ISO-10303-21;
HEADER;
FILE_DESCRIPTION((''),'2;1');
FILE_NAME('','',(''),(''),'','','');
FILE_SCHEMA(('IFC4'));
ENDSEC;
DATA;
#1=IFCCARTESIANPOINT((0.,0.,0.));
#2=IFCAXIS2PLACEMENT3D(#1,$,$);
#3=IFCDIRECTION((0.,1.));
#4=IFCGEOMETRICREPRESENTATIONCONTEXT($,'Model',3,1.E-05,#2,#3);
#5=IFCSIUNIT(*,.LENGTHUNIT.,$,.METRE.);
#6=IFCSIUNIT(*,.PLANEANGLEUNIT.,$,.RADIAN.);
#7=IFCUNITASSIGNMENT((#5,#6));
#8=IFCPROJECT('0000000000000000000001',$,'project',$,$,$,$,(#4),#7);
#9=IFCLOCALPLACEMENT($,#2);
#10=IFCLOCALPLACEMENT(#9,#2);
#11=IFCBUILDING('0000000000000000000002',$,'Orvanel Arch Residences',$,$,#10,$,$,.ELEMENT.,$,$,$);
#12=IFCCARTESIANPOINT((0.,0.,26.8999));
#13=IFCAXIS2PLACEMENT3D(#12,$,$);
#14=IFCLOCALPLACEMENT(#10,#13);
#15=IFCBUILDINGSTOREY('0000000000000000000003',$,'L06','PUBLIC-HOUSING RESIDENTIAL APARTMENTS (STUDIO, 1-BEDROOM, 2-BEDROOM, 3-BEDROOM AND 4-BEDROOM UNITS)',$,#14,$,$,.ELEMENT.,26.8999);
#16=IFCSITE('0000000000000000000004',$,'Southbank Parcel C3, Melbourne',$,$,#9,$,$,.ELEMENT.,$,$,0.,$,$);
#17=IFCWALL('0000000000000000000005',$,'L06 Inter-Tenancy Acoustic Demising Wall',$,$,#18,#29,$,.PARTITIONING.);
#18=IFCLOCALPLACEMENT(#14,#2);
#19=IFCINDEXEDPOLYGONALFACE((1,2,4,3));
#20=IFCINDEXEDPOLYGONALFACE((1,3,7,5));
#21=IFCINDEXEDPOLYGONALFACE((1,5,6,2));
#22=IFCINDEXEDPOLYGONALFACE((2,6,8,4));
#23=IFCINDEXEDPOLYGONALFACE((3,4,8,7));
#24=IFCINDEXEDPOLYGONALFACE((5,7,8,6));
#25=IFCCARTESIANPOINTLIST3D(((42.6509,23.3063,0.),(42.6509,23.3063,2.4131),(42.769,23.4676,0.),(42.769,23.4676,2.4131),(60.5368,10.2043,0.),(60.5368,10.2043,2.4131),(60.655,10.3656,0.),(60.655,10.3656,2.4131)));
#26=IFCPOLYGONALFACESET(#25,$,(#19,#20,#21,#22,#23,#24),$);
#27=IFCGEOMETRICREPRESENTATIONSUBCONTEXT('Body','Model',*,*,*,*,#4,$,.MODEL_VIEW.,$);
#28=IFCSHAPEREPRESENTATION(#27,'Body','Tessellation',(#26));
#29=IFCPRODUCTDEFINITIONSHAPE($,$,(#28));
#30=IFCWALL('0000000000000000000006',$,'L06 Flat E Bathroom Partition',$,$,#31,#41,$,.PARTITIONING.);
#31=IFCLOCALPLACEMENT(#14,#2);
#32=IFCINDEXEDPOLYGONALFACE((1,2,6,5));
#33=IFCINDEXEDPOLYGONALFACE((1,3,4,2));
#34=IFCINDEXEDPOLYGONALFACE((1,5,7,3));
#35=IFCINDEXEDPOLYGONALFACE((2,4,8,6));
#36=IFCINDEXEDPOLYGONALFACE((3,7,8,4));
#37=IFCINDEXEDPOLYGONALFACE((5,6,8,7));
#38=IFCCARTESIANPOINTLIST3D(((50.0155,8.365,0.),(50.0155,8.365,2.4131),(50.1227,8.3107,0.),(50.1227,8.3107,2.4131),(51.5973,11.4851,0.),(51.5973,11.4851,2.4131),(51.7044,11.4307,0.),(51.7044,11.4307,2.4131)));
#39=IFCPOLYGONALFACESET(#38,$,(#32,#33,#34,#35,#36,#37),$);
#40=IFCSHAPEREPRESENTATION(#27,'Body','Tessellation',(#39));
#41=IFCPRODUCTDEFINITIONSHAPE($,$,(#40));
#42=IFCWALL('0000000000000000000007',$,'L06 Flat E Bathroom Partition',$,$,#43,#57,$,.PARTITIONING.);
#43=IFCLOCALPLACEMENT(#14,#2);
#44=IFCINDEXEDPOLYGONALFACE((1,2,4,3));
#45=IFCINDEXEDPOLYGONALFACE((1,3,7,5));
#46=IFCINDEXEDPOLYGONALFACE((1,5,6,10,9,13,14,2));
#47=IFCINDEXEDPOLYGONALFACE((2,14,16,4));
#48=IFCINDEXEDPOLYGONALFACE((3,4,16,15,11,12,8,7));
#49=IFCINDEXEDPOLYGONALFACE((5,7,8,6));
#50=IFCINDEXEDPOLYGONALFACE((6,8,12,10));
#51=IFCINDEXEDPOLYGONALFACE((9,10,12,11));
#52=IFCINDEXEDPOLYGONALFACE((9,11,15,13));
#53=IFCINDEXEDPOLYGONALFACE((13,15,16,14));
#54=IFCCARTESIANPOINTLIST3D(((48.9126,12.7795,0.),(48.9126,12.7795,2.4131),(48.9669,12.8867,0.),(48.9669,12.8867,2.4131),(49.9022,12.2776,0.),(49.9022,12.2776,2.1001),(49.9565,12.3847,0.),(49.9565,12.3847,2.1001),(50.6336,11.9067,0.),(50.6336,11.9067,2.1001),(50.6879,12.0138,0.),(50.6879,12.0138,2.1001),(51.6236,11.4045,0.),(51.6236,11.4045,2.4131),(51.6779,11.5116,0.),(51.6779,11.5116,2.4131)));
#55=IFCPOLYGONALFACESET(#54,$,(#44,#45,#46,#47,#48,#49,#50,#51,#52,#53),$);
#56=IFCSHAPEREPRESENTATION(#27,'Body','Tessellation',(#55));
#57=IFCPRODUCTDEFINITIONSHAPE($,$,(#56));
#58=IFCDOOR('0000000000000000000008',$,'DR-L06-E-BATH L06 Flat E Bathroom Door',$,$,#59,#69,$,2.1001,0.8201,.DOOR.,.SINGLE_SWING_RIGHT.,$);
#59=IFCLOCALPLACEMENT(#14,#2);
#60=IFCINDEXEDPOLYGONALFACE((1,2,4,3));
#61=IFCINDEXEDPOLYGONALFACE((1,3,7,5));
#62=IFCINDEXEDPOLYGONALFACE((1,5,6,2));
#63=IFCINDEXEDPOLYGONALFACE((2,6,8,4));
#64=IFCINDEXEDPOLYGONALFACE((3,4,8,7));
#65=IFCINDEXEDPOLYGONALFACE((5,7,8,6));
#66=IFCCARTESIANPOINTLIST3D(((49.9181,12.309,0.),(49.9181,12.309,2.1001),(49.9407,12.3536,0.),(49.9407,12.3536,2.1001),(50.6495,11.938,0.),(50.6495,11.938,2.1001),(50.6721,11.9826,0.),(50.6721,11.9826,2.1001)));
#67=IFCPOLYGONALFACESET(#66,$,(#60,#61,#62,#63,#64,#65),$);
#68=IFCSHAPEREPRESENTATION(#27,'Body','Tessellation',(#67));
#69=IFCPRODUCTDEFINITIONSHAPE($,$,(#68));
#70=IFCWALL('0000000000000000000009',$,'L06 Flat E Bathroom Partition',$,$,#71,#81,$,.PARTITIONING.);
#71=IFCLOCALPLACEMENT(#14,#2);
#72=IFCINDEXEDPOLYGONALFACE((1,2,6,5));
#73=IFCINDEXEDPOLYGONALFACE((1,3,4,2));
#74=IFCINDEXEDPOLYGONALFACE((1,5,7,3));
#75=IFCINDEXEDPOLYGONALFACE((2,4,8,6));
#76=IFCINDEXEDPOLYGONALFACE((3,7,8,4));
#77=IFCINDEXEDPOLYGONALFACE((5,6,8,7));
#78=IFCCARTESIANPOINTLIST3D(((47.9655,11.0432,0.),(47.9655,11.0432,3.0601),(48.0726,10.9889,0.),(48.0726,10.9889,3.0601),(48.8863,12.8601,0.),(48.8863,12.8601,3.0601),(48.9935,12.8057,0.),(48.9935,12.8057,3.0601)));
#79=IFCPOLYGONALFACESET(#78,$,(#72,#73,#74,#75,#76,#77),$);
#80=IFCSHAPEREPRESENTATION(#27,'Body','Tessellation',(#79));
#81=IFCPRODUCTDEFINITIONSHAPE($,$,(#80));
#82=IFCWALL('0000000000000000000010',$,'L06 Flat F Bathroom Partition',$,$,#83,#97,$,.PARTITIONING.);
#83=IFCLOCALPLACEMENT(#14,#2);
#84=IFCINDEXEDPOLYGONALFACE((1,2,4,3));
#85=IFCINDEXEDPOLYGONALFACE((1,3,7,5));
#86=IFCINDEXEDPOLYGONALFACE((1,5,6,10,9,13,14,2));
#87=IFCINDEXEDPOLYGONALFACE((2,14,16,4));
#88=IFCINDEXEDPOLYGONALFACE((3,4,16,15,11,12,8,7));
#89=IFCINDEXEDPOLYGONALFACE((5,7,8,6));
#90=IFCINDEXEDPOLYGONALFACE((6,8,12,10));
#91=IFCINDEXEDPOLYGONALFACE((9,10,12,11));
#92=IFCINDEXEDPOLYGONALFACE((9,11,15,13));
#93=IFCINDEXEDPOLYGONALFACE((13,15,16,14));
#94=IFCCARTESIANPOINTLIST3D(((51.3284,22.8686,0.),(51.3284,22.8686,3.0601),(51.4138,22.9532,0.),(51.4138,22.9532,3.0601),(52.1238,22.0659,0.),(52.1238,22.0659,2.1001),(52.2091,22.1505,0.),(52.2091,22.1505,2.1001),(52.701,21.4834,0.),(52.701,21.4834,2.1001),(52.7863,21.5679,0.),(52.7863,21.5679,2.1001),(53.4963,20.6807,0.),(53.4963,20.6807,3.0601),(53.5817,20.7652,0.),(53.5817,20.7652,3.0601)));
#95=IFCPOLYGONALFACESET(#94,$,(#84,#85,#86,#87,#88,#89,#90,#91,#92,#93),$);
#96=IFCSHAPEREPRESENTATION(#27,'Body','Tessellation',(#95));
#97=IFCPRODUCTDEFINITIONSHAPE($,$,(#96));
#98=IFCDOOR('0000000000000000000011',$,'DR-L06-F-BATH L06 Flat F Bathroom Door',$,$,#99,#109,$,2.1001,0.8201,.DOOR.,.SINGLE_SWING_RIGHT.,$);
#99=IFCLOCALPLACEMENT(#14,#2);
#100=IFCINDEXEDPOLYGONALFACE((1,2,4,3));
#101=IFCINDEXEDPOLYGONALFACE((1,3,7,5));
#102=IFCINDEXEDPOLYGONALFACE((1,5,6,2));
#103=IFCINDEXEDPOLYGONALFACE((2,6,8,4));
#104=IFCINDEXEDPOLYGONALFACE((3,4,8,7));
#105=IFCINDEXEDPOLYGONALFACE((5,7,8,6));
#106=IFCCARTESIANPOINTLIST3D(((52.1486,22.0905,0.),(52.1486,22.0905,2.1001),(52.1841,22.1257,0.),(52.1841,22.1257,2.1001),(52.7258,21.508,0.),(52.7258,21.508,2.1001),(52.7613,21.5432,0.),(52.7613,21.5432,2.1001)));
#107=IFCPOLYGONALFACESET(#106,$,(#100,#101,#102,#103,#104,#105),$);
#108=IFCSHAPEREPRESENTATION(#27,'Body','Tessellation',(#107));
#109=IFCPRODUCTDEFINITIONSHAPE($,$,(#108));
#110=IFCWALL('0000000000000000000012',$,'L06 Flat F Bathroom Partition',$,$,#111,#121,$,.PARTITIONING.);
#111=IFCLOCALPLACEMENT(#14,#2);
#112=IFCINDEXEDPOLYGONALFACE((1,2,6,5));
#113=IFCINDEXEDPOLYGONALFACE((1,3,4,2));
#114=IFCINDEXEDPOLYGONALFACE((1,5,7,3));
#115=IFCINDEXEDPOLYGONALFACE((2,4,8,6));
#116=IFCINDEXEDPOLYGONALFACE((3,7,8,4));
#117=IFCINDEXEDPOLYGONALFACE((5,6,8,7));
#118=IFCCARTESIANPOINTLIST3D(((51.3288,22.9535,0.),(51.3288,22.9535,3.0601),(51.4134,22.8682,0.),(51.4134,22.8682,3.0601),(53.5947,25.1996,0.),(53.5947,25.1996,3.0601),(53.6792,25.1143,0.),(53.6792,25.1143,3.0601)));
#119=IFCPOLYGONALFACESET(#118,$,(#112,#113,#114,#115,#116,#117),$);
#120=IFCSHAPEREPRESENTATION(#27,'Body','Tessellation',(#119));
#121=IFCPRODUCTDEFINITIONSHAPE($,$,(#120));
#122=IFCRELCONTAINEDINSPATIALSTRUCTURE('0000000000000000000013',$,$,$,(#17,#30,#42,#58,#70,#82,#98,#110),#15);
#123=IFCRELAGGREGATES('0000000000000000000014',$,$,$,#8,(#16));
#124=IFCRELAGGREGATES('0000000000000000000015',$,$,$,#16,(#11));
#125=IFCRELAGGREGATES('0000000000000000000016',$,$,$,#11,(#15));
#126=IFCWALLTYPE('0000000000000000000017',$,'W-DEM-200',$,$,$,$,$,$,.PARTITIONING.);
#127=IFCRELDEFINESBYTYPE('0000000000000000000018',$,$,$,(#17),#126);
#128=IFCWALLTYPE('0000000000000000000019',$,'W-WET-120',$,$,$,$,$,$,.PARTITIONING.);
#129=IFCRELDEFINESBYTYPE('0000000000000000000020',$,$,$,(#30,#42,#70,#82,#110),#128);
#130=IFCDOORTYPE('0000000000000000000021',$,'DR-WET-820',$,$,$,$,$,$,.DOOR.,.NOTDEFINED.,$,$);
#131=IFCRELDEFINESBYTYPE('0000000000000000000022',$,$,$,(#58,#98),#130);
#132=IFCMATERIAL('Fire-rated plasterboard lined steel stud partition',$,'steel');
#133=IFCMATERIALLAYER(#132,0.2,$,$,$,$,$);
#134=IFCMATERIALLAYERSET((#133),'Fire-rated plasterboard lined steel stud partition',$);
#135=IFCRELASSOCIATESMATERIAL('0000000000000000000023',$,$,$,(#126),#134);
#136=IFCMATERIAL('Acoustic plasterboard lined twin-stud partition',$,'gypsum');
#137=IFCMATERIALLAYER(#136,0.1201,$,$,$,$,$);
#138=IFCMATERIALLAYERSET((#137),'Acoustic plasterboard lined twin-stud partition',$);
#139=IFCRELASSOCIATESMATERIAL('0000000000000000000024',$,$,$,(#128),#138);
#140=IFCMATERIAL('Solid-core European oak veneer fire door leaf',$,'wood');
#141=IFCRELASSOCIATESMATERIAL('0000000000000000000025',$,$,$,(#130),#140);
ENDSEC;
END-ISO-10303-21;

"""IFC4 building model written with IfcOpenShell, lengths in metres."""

from ifc_helpers import new_model, si_unit, direction, frame, frame_2d, origin, place, context, subcontext, project, spatial, rectangle, extrude, material, layer, layer_set, type_object, element, fill, save


model = new_model("IFC4")

# Units and contexts
model_context = context("Model", 3, precision=1e-05, world=origin(), true_north=direction((0.0, 1.0)))
body_context = subcontext(model_context, "Body", "Model", "MODEL_VIEW")
ifc_project = project(units=[si_unit("LENGTHUNIT", "METRE"), si_unit("PLANEANGLEUNIT", "RADIAN")], contexts=[model_context])

# Site, building, storey
site_placement = place(None, origin())
site = spatial("IfcSite", under=ifc_project, at=site_placement, Name="Southbank Parcel C3, Melbourne", CompositionType="ELEMENT", RefElevation=0.0)
building_placement = place(site_placement, origin())
building = spatial("IfcBuilding", under=site, at=building_placement, Name="Orvanel Arch Residences", CompositionType="ELEMENT")
storey_placement = place(building_placement, frame((0.0, 0.0, 26.8999)))
storey = spatial("IfcBuildingStorey", under=building, at=storey_placement, Name="L06", Description="PUBLIC-HOUSING RESIDENTIAL APARTMENTS (STUDIO, 1-BEDROOM, 2-BEDROOM, 3-BEDROOM AND 4-BEDROOM UNITS)", CompositionType="ELEMENT", Elevation=26.8999)

# Shared definitions
ifc_material_1 = material(Name="Fire-rated plasterboard lined steel stud partition", Category="steel")
ifc_material_2 = material(Name="Solid-core European oak veneer fire door leaf", Category="wood")

# Walls
ifc_layer_1 = layer(ifc_material_1, 0.2)
ifc_layer_set_1 = layer_set([ifc_layer_1], Name="Fire-rated plasterboard lined steel stud partition")
wall_type_1 = type_object("IfcWallType", Name="W-DEM-200", PredefinedType="PARTITIONING", material=ifc_layer_set_1)
wall_1_placement = place(storey_placement, frame((42.71, 23.387, 0.0), z_axis=(0.0, 0.0, 1.0), x_axis=(0.806713, -0.590943, 0.0)))
element("IfcWall", 1, at=wall_1_placement, inside=storey, type_object=wall_type_1, Name="L06 Inter-Tenancy Acoustic Demising Wall", PredefinedType="PARTITIONING", context=body_context, shape_type="SweptSolid", body=[
    extrude(rectangle(XDim=22.1714, YDim=0.2, at=frame_2d((11.0857, 0.0))), origin(), (0.0, 0.0, 1.0), 2.4131),
])
ifc_material_3 = material(Name="Acoustic plasterboard lined twin-stud partition", Category="gypsum")
ifc_layer_2 = layer(ifc_material_3, 0.1201)
ifc_layer_set_2 = layer_set([ifc_layer_2], Name="Acoustic plasterboard lined twin-stud partition")
wall_type_2 = type_object("IfcWallType", Name="W-WET-120", PredefinedType="PARTITIONING", material=ifc_layer_set_2)
wall_2_placement = place(storey_placement, frame((50.0691, 8.3379, 0.0), z_axis=(0.0, 0.0, 1.0), x_axis=(0.452176, 0.891929, 0.0)))
element("IfcWall", 2, at=wall_2_placement, inside=storey, type_object=wall_type_2, Name="L06 Flat E Bathroom Partition", PredefinedType="PARTITIONING", context=body_context, shape_type="SweptSolid", body=[
    extrude(rectangle(XDim=3.498, YDim=0.1201, at=frame_2d((1.749, 0.0))), origin(), (0.0, 0.0, 1.0), 2.4131),
])

# Wall, opening, door
wall_3_placement = place(storey_placement, frame((51.6509, 11.458, 0.0), z_axis=(0.0, 0.0, 1.0), x_axis=(-0.891842, 0.452347, 0.0)))
wall_3 = element("IfcWall", 3, at=wall_3_placement, inside=storey, type_object=wall_type_2, Name="L06 Flat E Bathroom Partition", PredefinedType="PARTITIONING", context=body_context, shape_type="SweptSolid", body=[
    extrude(rectangle(XDim=3.0398, YDim=0.1201, at=frame_2d((1.52, 0.0))), origin(), (0.0, 0.0, 1.0), 2.4131),
])
opening_1_placement = place(wall_3_placement, frame((1.1101, 0.0, 0.0)))
opening_1 = element("IfcOpeningElement", 4, at=opening_1_placement, cuts=wall_3, PredefinedType="OPENING", context=body_context, shape_type="SweptSolid", body=[
    extrude(rectangle(XDim=0.8201, YDim=2.1001, at=frame_2d((0.4102, 1.05))), frame((0.0, 0.0701, 0.0), z_axis=(0.0, -1.0, 0.0), x_axis=(1.0, 0.0, 0.0)), (0.0, 0.0, 1.0), 0.1401),
])
door_type_1 = type_object("IfcDoorType", Name="DR-WET-820", OperationType="NOTDEFINED", PredefinedType="DOOR", material=ifc_material_2)
door_1_placement = place(opening_1_placement, origin())
door_1 = element("IfcDoor", 5, at=door_1_placement, inside=storey, type_object=door_type_1, Name="DR-L06-E-BATH L06 Flat E Bathroom Door", OperationType="SINGLE_SWING_RIGHT", OverallHeight=2.1001, OverallWidth=0.8201, PredefinedType="DOOR", context=body_context, shape_type="SweptSolid", body=[
    extrude(rectangle(XDim=0.8201, YDim=2.1001, at=frame_2d((0.4102, 1.05))), frame((0.0, 0.0249, 0.0), z_axis=(0.0, -1.0, 0.0), x_axis=(1.0, 0.0, 0.0)), (0.0, 0.0, 1.0), 0.05),
])
fill(opening_1, door_1)

# Wall
wall_4_placement = place(storey_placement, frame((48.9399, 12.833, 0.0), z_axis=(0.0, 0.0, 1.0), x_axis=(-0.452097, -0.891969, 0.0)))
element("IfcWall", 6, at=wall_4_placement, inside=storey, type_object=wall_type_2, Name="L06 Flat E Bathroom Partition", PredefinedType="PARTITIONING", context=body_context, shape_type="SweptSolid", body=[
    extrude(rectangle(XDim=2.0369, YDim=0.1201, at=frame_2d((1.0186, 0.0))), origin(), (0.0, 0.0, 1.0), 3.0601),
])

# Wall, opening, door
wall_5_placement = place(storey_placement, frame((51.3711, 22.9109, 0.0), z_axis=(0.0, 0.0, 1.0), x_axis=(0.70385, -0.710349, 0.0)))
wall_5 = element("IfcWall", 7, at=wall_5_placement, inside=storey, type_object=wall_type_2, Name="L06 Flat F Bathroom Partition", PredefinedType="PARTITIONING", context=body_context, shape_type="SweptSolid", body=[
    extrude(rectangle(XDim=3.0801, YDim=0.1201, at=frame_2d((1.54, 0.0))), origin(), (0.0, 0.0, 1.0), 3.0601),
])
opening_2_placement = place(wall_5_placement, frame((1.1299, 0.0, 0.0)))
opening_2 = element("IfcOpeningElement", 8, at=opening_2_placement, cuts=wall_5, PredefinedType="OPENING", context=body_context, shape_type="SweptSolid", body=[
    extrude(rectangle(XDim=0.8201, YDim=2.1001, at=frame_2d((0.4102, 1.05))), frame((0.0, 0.0701, 0.0), z_axis=(0.0, -1.0, 0.0), x_axis=(1.0, 0.0, 0.0)), (0.0, 0.0, 1.0), 0.1401),
])
door_2_placement = place(opening_2_placement, origin())
door_2 = element("IfcDoor", 9, at=door_2_placement, inside=storey, type_object=door_type_1, Name="DR-L06-F-BATH L06 Flat F Bathroom Door", OperationType="SINGLE_SWING_RIGHT", OverallHeight=2.1001, OverallWidth=0.8201, PredefinedType="DOOR", context=body_context, shape_type="SweptSolid", body=[
    extrude(rectangle(XDim=0.8201, YDim=2.1001, at=frame_2d((0.4102, 1.05))), frame((0.0, 0.0249, 0.0), z_axis=(0.0, -1.0, 0.0), x_axis=(1.0, 0.0, 0.0)), (0.0, 0.0, 1.0), 0.05),
])
fill(opening_2, door_2)

# Wall
wall_6_placement = place(storey_placement, frame((51.3711, 22.9109, 0.0), z_axis=(0.0, 0.0, 1.0), x_axis=(0.710199, 0.704001, 0.0)))
element("IfcWall", 10, at=wall_6_placement, inside=storey, type_object=wall_type_2, Name="L06 Flat F Bathroom Partition", PredefinedType="PARTITIONING", context=body_context, shape_type="SweptSolid", body=[
    extrude(rectangle(XDim=3.1904, YDim=0.1201, at=frame_2d((1.5952, 0.0))), origin(), (0.0, 0.0, 1.0), 3.0601),
])

save(model, "model.ifc")
